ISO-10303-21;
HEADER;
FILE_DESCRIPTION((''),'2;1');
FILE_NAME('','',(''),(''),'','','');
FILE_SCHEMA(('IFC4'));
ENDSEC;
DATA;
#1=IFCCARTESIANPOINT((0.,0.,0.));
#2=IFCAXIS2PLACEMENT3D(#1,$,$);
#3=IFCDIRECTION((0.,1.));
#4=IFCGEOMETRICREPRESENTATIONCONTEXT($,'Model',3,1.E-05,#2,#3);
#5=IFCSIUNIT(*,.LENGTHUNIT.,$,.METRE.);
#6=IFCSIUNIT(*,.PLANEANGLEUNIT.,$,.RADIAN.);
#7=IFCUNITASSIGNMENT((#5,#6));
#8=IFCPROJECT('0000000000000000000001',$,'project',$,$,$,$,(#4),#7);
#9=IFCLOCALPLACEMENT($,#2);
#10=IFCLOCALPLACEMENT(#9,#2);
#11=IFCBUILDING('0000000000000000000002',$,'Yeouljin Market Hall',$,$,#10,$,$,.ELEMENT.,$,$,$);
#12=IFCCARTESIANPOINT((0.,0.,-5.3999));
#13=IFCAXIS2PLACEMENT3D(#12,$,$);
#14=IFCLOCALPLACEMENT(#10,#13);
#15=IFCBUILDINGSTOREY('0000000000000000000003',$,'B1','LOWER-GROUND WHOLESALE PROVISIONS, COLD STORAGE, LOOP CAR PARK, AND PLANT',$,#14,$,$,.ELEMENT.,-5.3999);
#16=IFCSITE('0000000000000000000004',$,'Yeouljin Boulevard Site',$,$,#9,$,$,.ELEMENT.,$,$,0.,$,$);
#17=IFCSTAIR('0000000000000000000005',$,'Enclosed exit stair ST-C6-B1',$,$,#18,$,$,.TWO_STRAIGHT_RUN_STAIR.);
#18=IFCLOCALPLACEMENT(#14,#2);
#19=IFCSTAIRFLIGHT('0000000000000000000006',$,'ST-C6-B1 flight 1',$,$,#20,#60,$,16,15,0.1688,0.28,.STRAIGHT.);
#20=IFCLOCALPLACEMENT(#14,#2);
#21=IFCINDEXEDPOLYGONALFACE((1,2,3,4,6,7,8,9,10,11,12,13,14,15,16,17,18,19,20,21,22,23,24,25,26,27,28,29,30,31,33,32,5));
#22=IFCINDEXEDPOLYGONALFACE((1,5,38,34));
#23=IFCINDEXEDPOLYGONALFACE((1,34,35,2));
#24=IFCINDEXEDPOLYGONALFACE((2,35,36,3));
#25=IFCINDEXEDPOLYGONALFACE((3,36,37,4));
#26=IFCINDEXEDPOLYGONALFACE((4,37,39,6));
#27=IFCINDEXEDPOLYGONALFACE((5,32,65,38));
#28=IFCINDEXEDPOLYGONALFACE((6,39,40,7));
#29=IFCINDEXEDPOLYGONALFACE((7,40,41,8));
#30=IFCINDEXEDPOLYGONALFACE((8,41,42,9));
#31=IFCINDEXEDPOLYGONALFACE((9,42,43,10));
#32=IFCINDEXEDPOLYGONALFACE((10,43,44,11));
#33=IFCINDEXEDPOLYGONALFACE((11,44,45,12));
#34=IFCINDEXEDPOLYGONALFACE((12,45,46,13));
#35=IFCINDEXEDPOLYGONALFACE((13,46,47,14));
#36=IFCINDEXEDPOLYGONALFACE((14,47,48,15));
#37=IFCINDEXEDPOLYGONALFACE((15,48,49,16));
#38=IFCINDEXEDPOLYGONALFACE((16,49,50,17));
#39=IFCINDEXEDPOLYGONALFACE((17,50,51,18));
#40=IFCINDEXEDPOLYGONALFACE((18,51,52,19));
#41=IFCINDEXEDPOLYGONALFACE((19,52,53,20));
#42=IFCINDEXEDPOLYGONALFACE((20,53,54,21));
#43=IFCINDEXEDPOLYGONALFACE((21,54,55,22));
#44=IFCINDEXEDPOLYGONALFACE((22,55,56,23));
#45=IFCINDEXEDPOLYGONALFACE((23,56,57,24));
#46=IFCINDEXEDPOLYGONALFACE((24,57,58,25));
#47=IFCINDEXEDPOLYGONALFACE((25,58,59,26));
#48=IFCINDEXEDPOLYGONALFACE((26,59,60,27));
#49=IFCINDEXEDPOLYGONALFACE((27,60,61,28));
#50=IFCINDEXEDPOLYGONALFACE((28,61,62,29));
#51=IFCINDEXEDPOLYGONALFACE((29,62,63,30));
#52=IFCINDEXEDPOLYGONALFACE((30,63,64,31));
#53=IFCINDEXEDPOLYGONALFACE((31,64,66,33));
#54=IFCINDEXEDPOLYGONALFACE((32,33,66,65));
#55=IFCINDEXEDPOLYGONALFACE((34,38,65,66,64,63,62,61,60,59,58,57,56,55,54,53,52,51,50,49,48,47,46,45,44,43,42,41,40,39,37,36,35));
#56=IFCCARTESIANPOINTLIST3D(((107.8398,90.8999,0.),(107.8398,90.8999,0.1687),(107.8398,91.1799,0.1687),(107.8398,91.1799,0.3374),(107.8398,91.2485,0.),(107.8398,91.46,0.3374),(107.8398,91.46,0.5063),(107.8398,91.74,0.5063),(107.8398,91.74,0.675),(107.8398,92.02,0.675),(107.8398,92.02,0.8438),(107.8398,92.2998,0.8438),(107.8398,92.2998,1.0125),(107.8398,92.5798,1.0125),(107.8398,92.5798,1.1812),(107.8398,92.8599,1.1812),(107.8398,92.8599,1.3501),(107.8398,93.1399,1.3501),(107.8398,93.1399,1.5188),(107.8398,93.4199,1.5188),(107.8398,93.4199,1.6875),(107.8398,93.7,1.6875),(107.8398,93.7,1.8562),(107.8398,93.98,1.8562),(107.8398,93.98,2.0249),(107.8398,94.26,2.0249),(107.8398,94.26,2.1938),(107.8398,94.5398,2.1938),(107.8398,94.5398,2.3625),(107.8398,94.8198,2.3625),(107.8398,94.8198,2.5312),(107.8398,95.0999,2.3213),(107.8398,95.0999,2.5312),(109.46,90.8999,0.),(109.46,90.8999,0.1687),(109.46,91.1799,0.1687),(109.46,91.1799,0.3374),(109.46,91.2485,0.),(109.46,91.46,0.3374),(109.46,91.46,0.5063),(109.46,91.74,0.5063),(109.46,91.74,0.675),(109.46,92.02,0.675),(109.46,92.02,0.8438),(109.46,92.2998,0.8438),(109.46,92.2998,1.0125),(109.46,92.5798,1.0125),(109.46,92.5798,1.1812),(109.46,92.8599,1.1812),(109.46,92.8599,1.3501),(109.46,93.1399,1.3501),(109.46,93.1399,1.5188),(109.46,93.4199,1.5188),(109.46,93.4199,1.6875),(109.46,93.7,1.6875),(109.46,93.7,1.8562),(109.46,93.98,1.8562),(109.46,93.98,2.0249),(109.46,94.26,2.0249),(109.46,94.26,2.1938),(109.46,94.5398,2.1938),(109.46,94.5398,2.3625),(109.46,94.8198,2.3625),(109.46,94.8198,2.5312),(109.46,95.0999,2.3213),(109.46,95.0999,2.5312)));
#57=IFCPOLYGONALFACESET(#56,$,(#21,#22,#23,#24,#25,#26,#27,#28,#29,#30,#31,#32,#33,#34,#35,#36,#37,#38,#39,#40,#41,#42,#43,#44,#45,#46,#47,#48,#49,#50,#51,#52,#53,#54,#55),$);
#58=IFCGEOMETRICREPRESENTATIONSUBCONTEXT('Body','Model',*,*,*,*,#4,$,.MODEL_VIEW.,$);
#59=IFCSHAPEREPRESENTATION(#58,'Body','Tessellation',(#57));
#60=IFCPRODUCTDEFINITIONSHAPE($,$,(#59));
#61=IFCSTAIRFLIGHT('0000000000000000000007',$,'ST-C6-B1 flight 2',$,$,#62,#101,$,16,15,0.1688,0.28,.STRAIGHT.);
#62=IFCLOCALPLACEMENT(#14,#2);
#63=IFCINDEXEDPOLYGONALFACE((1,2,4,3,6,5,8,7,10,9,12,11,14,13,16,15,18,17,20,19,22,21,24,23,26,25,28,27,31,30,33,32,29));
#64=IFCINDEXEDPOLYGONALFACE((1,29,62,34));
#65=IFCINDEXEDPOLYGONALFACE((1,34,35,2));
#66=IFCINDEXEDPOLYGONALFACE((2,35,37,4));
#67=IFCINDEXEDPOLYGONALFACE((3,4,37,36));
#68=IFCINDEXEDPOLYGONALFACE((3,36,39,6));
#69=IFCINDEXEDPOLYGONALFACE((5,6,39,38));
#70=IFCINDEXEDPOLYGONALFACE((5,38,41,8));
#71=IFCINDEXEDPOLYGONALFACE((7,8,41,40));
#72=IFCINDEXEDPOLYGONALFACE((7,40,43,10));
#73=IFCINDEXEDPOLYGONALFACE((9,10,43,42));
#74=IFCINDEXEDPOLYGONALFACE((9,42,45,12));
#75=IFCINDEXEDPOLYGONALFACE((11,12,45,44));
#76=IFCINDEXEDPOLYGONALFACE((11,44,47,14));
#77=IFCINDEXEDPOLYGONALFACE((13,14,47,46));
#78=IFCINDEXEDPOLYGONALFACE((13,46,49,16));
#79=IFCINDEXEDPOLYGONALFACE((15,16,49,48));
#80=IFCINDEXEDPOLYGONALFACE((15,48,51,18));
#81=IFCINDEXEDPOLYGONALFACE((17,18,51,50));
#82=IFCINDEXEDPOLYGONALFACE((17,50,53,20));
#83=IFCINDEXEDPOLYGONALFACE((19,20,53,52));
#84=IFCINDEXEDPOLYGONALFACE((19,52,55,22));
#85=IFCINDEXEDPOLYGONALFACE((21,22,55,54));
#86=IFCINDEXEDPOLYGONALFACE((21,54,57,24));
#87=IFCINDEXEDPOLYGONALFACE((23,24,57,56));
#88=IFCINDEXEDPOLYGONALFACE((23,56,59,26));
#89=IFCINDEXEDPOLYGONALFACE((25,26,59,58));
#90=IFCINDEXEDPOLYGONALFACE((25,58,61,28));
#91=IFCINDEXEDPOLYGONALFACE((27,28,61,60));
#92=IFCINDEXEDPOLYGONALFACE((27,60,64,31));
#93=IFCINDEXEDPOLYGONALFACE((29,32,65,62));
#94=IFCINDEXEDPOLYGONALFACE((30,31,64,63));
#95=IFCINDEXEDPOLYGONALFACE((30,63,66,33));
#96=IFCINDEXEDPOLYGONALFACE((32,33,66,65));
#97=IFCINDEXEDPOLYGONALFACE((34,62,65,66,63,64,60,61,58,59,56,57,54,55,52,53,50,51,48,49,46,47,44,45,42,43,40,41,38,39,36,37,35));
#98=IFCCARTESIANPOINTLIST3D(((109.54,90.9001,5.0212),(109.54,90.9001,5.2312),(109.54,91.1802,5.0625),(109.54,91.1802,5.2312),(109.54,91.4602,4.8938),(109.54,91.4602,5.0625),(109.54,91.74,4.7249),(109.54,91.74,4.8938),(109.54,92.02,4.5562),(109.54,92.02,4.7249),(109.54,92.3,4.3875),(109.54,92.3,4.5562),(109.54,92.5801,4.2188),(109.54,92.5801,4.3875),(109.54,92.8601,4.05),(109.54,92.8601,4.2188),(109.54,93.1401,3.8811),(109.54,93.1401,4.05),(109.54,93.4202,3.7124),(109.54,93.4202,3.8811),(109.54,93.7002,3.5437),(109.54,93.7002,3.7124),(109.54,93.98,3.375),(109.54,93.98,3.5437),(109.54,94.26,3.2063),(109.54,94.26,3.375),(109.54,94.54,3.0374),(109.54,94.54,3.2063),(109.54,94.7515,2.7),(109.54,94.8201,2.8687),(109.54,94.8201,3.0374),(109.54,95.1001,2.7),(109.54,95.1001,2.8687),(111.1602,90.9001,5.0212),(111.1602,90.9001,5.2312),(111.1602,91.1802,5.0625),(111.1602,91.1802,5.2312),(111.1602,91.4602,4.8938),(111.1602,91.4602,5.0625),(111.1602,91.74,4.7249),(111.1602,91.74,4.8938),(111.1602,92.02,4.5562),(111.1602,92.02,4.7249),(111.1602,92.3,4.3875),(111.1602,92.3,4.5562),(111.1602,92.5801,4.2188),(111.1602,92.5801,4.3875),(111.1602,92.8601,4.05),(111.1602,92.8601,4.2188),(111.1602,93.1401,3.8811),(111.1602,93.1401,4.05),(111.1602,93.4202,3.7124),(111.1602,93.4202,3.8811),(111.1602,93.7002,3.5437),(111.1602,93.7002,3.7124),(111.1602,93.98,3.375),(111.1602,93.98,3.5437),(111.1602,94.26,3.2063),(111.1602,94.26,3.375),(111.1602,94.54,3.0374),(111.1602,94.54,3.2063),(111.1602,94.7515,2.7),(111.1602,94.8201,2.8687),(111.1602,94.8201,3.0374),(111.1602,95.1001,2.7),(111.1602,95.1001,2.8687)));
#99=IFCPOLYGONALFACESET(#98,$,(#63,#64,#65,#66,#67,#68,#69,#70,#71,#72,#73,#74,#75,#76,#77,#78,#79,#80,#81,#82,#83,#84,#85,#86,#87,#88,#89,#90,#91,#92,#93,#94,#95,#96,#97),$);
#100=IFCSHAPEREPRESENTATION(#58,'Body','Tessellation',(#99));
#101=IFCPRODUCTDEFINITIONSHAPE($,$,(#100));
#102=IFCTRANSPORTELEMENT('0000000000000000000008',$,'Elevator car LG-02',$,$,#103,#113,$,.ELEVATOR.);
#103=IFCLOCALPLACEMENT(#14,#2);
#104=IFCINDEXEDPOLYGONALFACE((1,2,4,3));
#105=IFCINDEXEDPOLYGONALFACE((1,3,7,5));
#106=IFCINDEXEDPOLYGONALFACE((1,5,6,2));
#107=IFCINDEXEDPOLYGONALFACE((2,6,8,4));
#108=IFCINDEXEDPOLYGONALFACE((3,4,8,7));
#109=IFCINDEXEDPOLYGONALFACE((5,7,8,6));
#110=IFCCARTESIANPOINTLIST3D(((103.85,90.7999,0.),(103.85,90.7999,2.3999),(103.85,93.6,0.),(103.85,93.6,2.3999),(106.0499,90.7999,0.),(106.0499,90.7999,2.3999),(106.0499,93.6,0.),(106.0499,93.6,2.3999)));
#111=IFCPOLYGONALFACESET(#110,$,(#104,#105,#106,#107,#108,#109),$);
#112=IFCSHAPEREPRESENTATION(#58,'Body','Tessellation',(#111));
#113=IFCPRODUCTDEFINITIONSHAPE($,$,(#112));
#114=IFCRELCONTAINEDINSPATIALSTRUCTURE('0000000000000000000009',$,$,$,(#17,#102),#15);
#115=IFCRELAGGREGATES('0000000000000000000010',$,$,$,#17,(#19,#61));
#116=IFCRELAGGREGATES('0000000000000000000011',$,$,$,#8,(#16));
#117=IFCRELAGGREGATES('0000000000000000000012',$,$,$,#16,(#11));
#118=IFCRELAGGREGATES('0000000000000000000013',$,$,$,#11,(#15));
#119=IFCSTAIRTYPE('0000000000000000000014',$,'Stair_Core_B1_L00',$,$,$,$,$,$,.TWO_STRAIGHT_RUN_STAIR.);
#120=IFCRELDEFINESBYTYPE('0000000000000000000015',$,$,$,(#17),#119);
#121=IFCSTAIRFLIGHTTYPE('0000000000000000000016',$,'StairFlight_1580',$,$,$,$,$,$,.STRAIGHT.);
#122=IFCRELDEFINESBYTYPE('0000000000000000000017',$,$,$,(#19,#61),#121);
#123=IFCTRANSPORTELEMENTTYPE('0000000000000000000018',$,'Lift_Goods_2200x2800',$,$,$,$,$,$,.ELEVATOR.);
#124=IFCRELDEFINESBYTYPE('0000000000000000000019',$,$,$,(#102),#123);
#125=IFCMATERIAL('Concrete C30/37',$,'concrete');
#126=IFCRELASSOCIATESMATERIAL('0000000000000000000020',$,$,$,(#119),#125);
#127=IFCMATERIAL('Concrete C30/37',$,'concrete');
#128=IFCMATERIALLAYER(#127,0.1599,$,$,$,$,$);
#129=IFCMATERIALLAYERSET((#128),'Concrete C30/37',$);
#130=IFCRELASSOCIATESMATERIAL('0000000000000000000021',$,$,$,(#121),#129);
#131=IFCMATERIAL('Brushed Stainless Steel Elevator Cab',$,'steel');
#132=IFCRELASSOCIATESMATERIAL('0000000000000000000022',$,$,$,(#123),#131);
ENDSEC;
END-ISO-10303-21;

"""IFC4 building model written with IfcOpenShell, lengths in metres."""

from ifc_helpers import new_model, si_unit, direction, frame, origin, origin_2d, place, context, subcontext, project, spatial, polyline, rectangle, outline, extrude, material, layer, layer_set, type_object, element, aggregate, save


model = new_model("IFC4")

# Units and contexts
model_context = context("Model", 3, precision=1e-05, world=origin(), true_north=direction((0.0, 1.0)))
body_context = subcontext(model_context, "Body", "Model", "MODEL_VIEW")
ifc_project = project(units=[si_unit("LENGTHUNIT", "METRE"), si_unit("PLANEANGLEUNIT", "RADIAN")], contexts=[model_context])

# Site, building, storey
site_placement = place(None, origin())
site = spatial("IfcSite", under=ifc_project, at=site_placement, Name="Yeouljin Boulevard Site", CompositionType="ELEMENT", RefElevation=0.0)
building_placement = place(site_placement, origin())
building = spatial("IfcBuilding", under=site, at=building_placement, Name="Yeouljin Market Hall", CompositionType="ELEMENT")
storey_placement = place(building_placement, frame((0.0, 0.0, -5.3999)))
storey = spatial("IfcBuildingStorey", under=building, at=storey_placement, Name="B1", Description="LOWER-GROUND WHOLESALE PROVISIONS, COLD STORAGE, LOOP CAR PARK, AND PLANT", CompositionType="ELEMENT", Elevation=-5.3999)

# Stair, stair flights
ifc_material_1 = material(Name="Concrete C30/37", Category="concrete")
stair_type = type_object("IfcStairType", Name="Stair_Core_B1_L00", PredefinedType="TWO_STRAIGHT_RUN_STAIR", material=ifc_material_1)
stair_placement = place(storey_placement, origin())
stair = element("IfcStair", 1, at=stair_placement, inside=storey, type_object=stair_type, Name="Enclosed exit stair ST-C6-B1", PredefinedType="TWO_STRAIGHT_RUN_STAIR")
ifc_material_2 = material(Name="Concrete C30/37", Category="concrete")
ifc_layer_1 = layer(ifc_material_2, 0.1599)
ifc_layer_set_1 = layer_set([ifc_layer_1], Name="Concrete C30/37")
stair_flight_type = type_object("IfcStairFlightType", Name="StairFlight_1580", PredefinedType="STRAIGHT", material=ifc_layer_set_1)
stair_flight_1_placement = place(storey_placement, frame((108.6499, 90.8999, 0.0), z_axis=(0.0, 0.0, 1.0), x_axis=(0.0, 1.0, 0.0)))
stair_flight_1 = element("IfcStairFlight", 2, at=stair_flight_1_placement, type_object=stair_flight_type, Name="ST-C6-B1 flight 1", NumberOfRisers=16, NumberOfTreads=15, PredefinedType="STRAIGHT", RiserHeight=0.1688, TreadLength=0.28, context=body_context, shape_type="SweptSolid", body=[
    extrude(outline(polyline([(0.0, 0.0), (0.0, 0.1687), (0.28, 0.1687), (0.28, 0.3374), (0.5601, 0.3374), (0.5601, 0.5063), (0.8401, 0.5063), (0.8401, 0.675), (1.1201, 0.675), (1.1201, 0.8438), (1.3999, 0.8438), (1.3999, 1.0125), (1.6799, 1.0125), (1.6799, 1.1812), (1.96, 1.1812), (1.96, 1.3501), (2.24, 1.3501), (2.24, 1.5188), (2.52, 1.5188), (2.52, 1.6875), (2.8, 1.6875), (2.8, 1.8562), (3.0801, 1.8562), (3.0801, 2.0249), (3.3601, 2.0249), (3.3601, 2.1938), (3.6399, 2.1938), (3.6399, 2.3625), (3.9199, 2.3625), (3.9199, 2.5312), (4.2, 2.5312), (4.2, 2.7), (4.2, 2.3213), (0.3486, 0.0), (0.0, 0.0)])), frame((0.0, 0.8101, 0.0), z_axis=(0.0, -1.0, 0.0), x_axis=(1.0, 0.0, 0.0)), (0.0, 0.0, 1.0), 1.6201),
])
stair_flight_2_placement = place(storey_placement, frame((110.3501, 95.1001, 2.7), z_axis=(0.0, 0.0, 1.0), x_axis=(0.0, -1.0, 0.0)))
stair_flight_2 = element("IfcStairFlight", 3, at=stair_flight_2_placement, type_object=stair_flight_type, Name="ST-C6-B1 flight 2", NumberOfRisers=16, NumberOfTreads=15, PredefinedType="STRAIGHT", RiserHeight=0.1688, TreadLength=0.28, context=body_context, shape_type="SweptSolid", body=[
    extrude(outline(polyline([(0.0, 0.0), (0.0, 0.1687), (0.28, 0.1687), (0.28, 0.3374), (0.5601, 0.3374), (0.5601, 0.5063), (0.8401, 0.5063), (0.8401, 0.675), (1.1201, 0.675), (1.1201, 0.8438), (1.3999, 0.8438), (1.3999, 1.0125), (1.6799, 1.0125), (1.6799, 1.1812), (1.96, 1.1812), (1.96, 1.3501), (2.24, 1.3501), (2.24, 1.5188), (2.52, 1.5188), (2.52, 1.6875), (2.8, 1.6875), (2.8, 1.8562), (3.0801, 1.8562), (3.0801, 2.0249), (3.3601, 2.0249), (3.3601, 2.1938), (3.6399, 2.1938), (3.6399, 2.3625), (3.9199, 2.3625), (3.9199, 2.5312), (4.2, 2.5312), (4.2, 2.7), (4.2, 2.3213), (0.3486, 0.0), (0.0, 0.0)])), frame((0.0, 0.8101, 0.0), z_axis=(0.0, -1.0, 0.0), x_axis=(1.0, 0.0, 0.0)), (0.0, 0.0, 1.0), 1.6201),
])
aggregate(stair, [stair_flight_1, stair_flight_2])

# Transport element
ifc_material_3 = material(Name="Brushed Stainless Steel Elevator Cab", Category="steel")
transport_element_type = type_object("IfcTransportElementType", Name="Lift_Goods_2200x2800", PredefinedType="ELEVATOR", material=ifc_material_3)
transport_element_placement = place(storey_placement, frame((104.95, 92.2, 0.0), z_axis=(0.0, 0.0, 1.0), x_axis=(1.0, 0.0, 0.0)))
element("IfcTransportElement", 4, at=transport_element_placement, inside=storey, type_object=transport_element_type, Name="Elevator car LG-02", PredefinedType="ELEVATOR", context=body_context, shape_type="SweptSolid", body=[
    extrude(rectangle(XDim=2.2, YDim=2.8, at=origin_2d()), origin(), (0.0, 0.0, 1.0), 2.3999),
])

save(model, "model.ifc")
